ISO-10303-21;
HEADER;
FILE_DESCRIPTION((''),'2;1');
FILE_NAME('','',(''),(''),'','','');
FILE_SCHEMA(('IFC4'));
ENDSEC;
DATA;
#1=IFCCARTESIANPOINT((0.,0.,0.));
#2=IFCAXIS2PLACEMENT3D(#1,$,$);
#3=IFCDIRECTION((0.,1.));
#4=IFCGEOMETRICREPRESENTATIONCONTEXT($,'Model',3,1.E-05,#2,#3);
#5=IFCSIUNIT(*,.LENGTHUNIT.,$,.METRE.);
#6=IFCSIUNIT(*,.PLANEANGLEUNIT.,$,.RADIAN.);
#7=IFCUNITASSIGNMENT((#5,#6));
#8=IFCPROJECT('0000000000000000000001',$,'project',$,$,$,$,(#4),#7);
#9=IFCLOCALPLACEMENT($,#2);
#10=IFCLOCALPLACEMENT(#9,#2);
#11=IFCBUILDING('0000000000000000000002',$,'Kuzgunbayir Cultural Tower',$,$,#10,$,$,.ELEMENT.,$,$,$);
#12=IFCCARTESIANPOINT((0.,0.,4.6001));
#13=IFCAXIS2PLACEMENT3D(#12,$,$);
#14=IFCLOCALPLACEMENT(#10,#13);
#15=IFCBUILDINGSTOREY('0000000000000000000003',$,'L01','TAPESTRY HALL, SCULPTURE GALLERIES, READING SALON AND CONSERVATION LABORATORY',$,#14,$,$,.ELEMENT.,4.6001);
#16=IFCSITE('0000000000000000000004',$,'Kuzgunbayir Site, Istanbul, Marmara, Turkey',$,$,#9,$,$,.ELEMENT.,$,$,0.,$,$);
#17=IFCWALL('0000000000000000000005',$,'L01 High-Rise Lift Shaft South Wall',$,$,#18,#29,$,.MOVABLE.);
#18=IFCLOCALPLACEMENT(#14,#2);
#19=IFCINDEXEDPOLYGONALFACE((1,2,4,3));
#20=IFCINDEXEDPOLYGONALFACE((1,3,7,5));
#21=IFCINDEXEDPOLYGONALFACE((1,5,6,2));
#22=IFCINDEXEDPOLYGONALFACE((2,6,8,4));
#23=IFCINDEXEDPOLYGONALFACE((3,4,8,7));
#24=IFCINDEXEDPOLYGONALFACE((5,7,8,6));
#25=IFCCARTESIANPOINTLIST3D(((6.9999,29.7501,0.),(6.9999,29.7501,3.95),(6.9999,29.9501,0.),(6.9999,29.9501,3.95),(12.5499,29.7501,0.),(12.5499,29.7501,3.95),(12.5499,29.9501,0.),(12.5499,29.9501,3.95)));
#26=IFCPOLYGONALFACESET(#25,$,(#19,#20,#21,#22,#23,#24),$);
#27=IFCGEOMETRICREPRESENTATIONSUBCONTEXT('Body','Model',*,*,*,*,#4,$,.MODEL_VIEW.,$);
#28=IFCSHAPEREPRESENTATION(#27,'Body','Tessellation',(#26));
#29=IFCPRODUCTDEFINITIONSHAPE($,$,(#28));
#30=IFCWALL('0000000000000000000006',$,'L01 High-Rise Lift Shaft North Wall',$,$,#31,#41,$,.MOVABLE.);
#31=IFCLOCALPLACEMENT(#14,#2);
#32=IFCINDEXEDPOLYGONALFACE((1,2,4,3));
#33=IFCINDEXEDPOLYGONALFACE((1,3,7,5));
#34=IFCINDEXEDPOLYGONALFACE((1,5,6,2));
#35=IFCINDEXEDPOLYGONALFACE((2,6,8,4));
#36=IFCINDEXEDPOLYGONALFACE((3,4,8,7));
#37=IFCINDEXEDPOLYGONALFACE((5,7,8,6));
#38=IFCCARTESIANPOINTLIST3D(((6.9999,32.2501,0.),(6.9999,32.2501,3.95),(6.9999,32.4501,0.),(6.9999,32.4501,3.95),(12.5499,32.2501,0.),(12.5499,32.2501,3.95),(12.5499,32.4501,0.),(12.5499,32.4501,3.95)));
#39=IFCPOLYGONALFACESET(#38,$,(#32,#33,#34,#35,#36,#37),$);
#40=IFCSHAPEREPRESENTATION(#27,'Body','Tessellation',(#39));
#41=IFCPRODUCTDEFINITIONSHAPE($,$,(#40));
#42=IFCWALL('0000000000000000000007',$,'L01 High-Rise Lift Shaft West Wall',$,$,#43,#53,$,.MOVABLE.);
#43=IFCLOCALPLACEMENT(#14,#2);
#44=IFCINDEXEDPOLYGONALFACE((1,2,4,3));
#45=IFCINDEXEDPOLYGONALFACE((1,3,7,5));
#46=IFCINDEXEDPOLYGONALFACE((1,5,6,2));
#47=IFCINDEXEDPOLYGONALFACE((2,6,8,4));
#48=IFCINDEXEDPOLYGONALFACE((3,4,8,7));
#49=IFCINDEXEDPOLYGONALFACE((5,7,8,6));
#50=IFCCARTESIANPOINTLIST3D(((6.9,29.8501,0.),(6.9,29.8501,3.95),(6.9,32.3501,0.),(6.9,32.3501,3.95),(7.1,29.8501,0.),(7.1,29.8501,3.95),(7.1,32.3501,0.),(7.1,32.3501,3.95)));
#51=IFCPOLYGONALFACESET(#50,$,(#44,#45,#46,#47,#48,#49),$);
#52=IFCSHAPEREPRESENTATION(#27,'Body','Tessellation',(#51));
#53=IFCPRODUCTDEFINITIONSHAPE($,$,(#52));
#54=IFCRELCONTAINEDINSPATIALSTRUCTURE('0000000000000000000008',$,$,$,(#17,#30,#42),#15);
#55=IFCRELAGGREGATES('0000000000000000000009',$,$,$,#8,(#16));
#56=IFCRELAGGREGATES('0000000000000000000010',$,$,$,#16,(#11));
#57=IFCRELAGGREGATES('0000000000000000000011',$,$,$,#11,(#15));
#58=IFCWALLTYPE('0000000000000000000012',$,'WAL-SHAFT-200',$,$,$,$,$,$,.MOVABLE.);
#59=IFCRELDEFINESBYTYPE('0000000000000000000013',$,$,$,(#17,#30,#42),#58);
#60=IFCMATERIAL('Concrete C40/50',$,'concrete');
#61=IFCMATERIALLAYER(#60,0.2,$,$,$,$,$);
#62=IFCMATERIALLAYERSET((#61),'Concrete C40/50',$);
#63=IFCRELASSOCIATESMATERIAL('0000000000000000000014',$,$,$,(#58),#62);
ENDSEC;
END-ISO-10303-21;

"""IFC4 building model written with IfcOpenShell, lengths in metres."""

from ifc_helpers import new_model, si_unit, direction, frame, frame_2d, origin, place, context, subcontext, project, spatial, rectangle, extrude, material, layer, layer_set, type_object, element, save


model = new_model("IFC4")

# Units and contexts
model_context = context("Model", 3, precision=1e-05, world=origin(), true_north=direction((0.0, 1.0)))
body_context = subcontext(model_context, "Body", "Model", "MODEL_VIEW")
ifc_project = project(units=[si_unit("LENGTHUNIT", "METRE"), si_unit("PLANEANGLEUNIT", "RADIAN")], contexts=[model_context])

# Site, building, storey
site_placement = place(None, origin())
site = spatial("IfcSite", under=ifc_project, at=site_placement, Name="Kuzgunbayir Site, Istanbul, Marmara, Turkey", CompositionType="ELEMENT", RefElevation=0.0)
building_placement = place(site_placement, origin())
building = spatial("IfcBuilding", under=site, at=building_placement, Name="Kuzgunbayir Cultural Tower", CompositionType="ELEMENT")
storey_placement = place(building_placement, frame((0.0, 0.0, 4.6001)))
storey = spatial("IfcBuildingStorey", under=building, at=storey_placement, Name="L01", Description="TAPESTRY HALL, SCULPTURE GALLERIES, READING SALON AND CONSERVATION LABORATORY", CompositionType="ELEMENT", Elevation=4.6001)

# Walls
ifc_material_1 = material(Name="Concrete C40/50", Category="concrete")
ifc_layer_1 = layer(ifc_material_1, 0.2)
ifc_layer_set_1 = layer_set([ifc_layer_1], Name="Concrete C40/50")
wall_type_1 = type_object("IfcWallType", Name="WAL-SHAFT-200", PredefinedType="MOVABLE", material=ifc_layer_set_1)
for number, where, z_axis, x_axis, name in (
    (1, (7.0, 29.8501, 0.0), (0.0, 0.0, 1.0), (1.0, 0.0, 0.0), "L01 High-Rise Lift Shaft South Wall"),
    (2, (7.0, 32.3501, 0.0), (0.0, 0.0, 1.0), (1.0, 0.0, 0.0), "L01 High-Rise Lift Shaft North Wall"),
):
    element("IfcWall", number, at=place(storey_placement, frame(where, z_axis=z_axis, x_axis=x_axis)), inside=storey, type_object=wall_type_1, Name=name, PredefinedType="MOVABLE", context=body_context, shape_type="SweptSolid", body=[
        extrude(rectangle(XDim=5.55, YDim=0.2, at=frame_2d((2.7749, 0.0))), origin(), (0.0, 0.0, 1.0), 3.95),
    ])
wall_1_placement = place(storey_placement, frame((7.0, 29.8501, 0.0), z_axis=(0.0, 0.0, 1.0), x_axis=(0.0, 1.0, 0.0)))
element("IfcWall", 3, at=wall_1_placement, inside=storey, type_object=wall_type_1, Name="L01 High-Rise Lift Shaft West Wall", PredefinedType="MOVABLE", context=body_context, shape_type="SweptSolid", body=[
    extrude(rectangle(XDim=2.5, YDim=0.2, at=frame_2d((1.25, 0.0))), origin(), (0.0, 0.0, 1.0), 3.95),
])

save(model, "model.ifc")
